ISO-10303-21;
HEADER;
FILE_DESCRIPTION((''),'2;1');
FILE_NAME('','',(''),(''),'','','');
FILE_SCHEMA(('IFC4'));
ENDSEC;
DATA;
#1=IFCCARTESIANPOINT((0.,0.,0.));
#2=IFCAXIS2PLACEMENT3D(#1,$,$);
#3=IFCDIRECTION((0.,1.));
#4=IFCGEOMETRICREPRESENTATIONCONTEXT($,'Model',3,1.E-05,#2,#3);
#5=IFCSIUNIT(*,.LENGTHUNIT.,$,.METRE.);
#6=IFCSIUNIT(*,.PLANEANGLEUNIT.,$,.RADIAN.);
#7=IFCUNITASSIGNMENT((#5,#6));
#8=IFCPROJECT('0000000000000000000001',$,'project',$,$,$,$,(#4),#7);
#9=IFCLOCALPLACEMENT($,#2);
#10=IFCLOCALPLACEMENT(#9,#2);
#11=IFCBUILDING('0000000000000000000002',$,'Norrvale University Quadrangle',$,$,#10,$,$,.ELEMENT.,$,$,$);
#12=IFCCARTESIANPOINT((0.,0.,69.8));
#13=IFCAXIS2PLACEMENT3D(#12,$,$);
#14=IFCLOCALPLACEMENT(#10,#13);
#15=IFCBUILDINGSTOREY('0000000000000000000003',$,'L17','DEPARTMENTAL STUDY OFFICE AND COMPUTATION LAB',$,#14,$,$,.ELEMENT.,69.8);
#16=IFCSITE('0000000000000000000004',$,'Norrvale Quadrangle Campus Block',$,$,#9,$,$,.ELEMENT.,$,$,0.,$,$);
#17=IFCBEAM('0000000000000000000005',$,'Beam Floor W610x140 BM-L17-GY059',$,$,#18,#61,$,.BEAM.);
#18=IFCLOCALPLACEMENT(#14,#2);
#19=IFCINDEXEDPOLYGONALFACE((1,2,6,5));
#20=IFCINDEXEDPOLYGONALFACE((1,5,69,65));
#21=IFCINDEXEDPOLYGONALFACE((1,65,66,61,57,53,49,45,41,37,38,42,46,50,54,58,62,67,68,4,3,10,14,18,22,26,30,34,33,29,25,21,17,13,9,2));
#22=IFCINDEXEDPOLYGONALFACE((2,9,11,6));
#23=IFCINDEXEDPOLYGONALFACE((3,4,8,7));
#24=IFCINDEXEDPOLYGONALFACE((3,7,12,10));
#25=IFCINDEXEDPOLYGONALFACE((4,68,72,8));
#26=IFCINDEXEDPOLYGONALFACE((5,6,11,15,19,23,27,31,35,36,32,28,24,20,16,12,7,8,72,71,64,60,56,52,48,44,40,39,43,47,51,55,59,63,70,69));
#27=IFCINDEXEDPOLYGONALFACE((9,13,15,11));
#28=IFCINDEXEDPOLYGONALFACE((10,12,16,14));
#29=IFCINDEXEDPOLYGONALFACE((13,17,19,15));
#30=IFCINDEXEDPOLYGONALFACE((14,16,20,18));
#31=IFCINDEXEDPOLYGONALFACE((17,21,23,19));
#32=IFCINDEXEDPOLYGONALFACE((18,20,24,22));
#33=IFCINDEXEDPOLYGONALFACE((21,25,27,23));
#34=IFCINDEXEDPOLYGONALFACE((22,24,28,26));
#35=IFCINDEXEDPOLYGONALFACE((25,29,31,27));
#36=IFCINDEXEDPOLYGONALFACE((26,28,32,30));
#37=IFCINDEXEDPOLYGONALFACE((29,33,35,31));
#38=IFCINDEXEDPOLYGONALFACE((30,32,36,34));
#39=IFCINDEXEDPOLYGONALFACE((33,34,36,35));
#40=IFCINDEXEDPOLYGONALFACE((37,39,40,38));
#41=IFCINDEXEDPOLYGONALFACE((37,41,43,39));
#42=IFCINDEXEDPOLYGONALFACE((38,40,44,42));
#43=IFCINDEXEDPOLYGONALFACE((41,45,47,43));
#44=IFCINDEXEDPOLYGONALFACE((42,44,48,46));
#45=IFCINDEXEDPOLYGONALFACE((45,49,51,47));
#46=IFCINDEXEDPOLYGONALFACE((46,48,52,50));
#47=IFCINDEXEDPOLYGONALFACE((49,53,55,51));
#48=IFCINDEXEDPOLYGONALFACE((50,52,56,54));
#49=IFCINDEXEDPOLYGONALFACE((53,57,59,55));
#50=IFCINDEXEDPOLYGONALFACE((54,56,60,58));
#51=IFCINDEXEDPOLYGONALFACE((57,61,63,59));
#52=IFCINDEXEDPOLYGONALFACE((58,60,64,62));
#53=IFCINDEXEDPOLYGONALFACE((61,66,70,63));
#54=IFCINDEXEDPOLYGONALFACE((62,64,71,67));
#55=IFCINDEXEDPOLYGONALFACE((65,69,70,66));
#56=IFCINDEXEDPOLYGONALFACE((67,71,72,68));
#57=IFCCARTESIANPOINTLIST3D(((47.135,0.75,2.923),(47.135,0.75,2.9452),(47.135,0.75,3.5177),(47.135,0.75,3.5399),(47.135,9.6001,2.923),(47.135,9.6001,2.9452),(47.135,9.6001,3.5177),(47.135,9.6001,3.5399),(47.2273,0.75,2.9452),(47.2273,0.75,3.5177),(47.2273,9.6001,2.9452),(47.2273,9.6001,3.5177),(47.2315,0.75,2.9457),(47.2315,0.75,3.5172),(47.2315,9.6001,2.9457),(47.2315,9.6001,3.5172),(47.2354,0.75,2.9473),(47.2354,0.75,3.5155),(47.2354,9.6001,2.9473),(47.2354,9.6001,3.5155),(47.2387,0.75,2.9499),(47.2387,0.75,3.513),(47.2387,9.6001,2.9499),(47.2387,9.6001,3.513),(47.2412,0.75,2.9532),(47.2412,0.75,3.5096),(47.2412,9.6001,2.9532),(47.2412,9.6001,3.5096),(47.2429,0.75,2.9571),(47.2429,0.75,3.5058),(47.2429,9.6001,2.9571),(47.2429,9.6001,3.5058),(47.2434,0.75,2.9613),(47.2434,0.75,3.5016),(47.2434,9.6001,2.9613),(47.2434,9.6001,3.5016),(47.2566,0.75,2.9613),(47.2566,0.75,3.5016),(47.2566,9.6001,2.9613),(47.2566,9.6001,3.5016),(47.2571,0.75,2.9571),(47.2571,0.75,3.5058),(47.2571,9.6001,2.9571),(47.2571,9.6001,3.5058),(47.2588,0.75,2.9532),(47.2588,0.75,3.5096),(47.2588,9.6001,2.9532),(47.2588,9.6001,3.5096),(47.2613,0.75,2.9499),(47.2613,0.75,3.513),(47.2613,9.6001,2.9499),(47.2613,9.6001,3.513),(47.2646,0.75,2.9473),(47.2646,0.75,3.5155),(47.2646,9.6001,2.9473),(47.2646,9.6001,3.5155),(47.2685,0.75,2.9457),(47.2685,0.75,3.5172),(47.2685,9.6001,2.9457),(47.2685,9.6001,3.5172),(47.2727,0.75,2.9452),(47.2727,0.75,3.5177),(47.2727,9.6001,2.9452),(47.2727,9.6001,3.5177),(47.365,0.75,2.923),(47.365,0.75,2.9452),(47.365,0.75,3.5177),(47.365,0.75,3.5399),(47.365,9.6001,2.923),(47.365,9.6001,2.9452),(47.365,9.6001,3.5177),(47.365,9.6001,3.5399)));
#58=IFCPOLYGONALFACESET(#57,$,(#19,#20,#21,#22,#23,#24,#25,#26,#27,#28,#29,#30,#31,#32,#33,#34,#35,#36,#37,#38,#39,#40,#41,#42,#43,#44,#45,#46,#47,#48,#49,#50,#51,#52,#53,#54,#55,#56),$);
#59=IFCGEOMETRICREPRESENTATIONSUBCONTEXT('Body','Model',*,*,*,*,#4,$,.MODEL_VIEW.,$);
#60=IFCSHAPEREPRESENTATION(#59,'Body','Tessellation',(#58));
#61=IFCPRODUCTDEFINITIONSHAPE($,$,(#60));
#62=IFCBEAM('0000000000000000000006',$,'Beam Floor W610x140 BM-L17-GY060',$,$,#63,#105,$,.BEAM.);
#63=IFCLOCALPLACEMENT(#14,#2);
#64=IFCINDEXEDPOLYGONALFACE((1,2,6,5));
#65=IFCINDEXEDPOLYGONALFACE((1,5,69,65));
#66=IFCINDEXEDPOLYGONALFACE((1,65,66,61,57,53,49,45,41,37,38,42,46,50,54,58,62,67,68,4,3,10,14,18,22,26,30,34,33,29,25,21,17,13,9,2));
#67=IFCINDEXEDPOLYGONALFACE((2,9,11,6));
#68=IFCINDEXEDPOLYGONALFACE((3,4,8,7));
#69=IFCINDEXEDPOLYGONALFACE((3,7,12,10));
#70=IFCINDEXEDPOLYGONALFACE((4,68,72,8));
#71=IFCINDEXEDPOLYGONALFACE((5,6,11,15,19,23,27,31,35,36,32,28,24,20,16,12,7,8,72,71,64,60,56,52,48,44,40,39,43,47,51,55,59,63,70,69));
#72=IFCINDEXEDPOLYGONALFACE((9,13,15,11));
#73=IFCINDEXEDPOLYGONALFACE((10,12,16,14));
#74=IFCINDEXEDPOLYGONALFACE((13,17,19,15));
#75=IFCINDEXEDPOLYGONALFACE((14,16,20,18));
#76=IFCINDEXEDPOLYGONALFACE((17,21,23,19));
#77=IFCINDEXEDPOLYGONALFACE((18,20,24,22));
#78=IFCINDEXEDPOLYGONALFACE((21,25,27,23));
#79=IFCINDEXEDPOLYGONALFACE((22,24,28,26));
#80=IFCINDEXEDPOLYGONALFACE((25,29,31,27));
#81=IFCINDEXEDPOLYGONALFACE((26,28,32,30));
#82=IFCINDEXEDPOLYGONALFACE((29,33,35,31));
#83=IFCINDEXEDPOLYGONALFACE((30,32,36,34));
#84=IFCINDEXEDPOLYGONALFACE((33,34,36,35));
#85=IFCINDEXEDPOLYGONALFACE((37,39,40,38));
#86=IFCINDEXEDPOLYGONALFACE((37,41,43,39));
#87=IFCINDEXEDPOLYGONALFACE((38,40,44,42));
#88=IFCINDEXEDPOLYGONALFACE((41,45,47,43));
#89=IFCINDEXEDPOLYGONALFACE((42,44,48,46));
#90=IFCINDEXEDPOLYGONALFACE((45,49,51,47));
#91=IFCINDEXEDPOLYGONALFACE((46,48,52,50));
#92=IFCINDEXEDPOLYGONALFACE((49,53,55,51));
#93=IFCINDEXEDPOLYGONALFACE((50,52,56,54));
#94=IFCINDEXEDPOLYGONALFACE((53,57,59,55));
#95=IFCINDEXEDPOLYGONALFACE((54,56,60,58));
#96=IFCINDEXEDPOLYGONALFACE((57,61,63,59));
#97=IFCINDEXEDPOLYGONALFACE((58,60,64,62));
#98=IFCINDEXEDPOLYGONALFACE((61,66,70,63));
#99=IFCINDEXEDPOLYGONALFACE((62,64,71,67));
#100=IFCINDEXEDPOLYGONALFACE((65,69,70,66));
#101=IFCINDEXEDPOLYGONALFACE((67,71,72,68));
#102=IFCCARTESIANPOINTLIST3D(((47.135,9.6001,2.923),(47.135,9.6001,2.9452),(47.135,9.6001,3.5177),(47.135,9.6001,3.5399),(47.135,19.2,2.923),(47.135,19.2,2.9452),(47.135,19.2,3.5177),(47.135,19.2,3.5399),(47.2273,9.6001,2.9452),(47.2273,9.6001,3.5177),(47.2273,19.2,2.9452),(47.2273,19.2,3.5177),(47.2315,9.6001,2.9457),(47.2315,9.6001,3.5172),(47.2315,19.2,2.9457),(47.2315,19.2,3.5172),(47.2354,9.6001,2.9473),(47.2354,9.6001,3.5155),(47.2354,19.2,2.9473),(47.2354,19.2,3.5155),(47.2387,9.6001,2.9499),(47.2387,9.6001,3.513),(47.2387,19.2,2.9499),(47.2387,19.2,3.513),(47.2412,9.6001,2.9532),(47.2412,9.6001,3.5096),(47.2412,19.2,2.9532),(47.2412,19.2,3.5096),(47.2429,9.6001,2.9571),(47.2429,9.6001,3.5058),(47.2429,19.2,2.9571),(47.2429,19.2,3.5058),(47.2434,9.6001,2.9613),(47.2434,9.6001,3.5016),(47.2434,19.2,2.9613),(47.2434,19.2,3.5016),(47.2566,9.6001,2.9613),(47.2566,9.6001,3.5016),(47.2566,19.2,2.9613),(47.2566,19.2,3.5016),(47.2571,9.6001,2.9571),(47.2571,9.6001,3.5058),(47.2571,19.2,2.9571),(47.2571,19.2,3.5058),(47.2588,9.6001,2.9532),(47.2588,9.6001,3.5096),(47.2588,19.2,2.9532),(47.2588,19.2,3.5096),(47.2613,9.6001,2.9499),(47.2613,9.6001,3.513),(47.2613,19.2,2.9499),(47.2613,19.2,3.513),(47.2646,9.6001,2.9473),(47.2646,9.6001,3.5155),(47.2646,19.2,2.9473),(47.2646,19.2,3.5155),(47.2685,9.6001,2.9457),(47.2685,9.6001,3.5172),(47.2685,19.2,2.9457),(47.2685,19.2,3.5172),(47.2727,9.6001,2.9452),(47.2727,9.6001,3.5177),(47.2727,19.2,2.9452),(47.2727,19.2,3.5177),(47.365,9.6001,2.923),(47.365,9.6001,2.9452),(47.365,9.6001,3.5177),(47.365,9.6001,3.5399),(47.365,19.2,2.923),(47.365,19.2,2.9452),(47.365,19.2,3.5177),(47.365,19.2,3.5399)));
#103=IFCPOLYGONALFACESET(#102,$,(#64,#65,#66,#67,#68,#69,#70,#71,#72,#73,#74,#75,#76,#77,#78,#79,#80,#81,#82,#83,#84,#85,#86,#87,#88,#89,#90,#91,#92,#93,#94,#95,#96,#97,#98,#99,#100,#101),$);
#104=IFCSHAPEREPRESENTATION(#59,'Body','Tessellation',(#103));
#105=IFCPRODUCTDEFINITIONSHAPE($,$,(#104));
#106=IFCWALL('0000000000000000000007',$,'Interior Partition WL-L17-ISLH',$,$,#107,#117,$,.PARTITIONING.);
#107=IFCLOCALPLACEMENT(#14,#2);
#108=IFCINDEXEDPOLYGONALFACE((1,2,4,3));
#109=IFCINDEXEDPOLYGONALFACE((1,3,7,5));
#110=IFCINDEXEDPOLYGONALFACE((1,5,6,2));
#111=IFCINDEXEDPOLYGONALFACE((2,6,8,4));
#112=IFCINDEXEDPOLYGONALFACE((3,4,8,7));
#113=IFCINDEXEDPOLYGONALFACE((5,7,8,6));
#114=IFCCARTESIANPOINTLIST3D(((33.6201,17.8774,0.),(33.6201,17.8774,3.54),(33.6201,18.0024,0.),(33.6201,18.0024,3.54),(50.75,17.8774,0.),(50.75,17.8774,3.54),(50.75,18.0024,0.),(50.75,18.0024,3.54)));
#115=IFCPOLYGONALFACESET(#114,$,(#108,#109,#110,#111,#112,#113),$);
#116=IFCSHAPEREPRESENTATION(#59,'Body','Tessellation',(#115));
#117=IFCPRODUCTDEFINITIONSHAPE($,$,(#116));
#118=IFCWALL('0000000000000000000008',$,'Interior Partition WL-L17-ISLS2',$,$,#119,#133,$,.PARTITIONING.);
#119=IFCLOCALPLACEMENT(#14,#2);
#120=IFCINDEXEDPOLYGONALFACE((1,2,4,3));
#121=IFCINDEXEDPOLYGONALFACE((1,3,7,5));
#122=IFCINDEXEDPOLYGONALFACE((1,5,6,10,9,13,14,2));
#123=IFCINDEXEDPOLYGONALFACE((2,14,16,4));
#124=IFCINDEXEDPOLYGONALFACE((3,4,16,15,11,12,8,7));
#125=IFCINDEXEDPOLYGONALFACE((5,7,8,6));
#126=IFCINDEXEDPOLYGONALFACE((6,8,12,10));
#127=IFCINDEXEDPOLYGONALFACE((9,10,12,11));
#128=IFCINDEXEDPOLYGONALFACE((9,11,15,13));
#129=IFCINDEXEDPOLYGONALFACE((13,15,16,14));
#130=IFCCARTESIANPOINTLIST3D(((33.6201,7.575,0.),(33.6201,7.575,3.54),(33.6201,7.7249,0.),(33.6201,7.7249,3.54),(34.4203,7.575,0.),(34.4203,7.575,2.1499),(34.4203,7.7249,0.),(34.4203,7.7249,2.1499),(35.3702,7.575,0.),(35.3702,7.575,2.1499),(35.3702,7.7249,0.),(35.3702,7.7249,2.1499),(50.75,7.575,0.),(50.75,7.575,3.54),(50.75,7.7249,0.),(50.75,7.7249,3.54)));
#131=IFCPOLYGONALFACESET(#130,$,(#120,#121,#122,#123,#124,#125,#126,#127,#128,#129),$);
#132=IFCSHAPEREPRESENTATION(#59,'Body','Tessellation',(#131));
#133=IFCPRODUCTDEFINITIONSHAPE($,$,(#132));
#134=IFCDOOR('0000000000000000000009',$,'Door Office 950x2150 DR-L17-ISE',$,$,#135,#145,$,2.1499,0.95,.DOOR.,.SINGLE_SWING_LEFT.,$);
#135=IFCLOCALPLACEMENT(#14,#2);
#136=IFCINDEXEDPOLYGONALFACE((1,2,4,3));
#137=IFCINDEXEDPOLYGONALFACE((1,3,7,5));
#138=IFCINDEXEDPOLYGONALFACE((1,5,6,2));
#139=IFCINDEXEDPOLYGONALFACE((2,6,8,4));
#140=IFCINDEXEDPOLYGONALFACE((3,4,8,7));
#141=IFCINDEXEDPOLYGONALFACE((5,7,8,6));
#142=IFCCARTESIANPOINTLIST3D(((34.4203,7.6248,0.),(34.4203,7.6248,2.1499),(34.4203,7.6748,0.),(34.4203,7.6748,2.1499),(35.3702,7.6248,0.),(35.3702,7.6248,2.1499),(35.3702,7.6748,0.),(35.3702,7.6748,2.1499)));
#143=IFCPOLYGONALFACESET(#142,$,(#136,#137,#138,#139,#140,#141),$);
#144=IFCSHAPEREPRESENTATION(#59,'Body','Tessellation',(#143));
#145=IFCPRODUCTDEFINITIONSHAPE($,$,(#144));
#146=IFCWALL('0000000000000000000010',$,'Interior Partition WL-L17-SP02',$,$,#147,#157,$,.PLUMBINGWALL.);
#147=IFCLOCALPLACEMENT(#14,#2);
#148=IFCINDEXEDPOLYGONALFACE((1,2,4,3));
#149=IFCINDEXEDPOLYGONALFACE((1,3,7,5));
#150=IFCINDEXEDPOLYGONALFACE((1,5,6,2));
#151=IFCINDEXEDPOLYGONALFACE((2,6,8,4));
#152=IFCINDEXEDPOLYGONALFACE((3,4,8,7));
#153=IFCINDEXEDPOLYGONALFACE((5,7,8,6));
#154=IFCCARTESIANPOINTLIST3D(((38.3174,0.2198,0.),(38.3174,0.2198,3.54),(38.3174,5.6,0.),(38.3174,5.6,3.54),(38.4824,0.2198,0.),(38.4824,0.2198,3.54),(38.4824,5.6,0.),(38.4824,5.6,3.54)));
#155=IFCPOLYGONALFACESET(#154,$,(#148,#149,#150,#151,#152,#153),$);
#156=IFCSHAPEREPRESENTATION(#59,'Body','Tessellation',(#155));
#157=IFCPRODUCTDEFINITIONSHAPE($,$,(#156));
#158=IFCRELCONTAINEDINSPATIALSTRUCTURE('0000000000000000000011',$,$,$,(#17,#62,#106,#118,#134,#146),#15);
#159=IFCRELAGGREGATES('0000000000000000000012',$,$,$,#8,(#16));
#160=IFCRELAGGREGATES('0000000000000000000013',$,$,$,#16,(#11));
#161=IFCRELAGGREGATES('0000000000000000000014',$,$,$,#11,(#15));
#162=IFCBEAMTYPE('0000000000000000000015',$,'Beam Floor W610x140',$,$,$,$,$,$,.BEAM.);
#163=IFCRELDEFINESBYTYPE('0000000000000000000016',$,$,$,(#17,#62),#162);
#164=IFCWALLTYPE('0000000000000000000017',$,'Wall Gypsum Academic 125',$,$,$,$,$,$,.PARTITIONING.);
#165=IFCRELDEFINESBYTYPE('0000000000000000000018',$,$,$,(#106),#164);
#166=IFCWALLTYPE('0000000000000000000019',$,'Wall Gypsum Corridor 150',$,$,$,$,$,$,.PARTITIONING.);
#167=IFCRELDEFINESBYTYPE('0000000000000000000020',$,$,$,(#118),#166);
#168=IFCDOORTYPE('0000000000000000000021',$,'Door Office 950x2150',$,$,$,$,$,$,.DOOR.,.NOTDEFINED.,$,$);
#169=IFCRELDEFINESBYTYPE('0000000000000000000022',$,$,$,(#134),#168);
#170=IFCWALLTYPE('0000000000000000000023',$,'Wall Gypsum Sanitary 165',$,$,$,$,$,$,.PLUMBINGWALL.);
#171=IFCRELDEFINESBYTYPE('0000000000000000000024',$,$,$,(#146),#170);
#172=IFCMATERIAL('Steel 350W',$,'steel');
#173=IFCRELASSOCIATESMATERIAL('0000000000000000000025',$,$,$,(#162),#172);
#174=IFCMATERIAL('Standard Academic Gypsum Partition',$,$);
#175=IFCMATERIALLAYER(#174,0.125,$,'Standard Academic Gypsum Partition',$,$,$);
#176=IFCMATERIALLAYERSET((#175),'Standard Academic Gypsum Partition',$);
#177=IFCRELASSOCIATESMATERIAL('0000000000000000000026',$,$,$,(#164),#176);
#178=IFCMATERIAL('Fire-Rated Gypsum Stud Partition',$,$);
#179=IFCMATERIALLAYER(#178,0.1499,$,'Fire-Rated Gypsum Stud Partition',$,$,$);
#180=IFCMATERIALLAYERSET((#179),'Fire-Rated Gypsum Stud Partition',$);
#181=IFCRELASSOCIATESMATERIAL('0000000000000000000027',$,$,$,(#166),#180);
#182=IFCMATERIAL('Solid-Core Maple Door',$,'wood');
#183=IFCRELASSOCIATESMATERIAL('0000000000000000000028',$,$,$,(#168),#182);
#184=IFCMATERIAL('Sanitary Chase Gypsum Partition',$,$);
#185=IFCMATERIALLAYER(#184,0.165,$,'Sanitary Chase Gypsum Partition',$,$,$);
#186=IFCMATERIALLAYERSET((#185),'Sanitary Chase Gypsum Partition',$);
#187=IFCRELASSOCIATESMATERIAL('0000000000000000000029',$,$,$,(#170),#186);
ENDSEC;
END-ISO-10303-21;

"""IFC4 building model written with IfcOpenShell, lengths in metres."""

from ifc_helpers import new_model, si_unit, direction, frame, frame_2d, origin, origin_2d, place, context, subcontext, project, spatial, rectangle, i_section, extrude, material, layer, layer_set, material_profile, profile_set, type_object, element, fill, save


model = new_model("IFC4")

# Units and contexts
model_context = context("Model", 3, precision=1e-05, world=origin(), true_north=direction((0.0, 1.0)))
body_context = subcontext(model_context, "Body", "Model", "MODEL_VIEW")
ifc_project = project(units=[si_unit("LENGTHUNIT", "METRE"), si_unit("PLANEANGLEUNIT", "RADIAN")], contexts=[model_context])

# Site, building, storey
site_placement = place(None, origin())
site = spatial("IfcSite", under=ifc_project, at=site_placement, Name="Norrvale Quadrangle Campus Block", CompositionType="ELEMENT", RefElevation=0.0)
building_placement = place(site_placement, origin())
building = spatial("IfcBuilding", under=site, at=building_placement, Name="Norrvale University Quadrangle", CompositionType="ELEMENT")
storey_placement = place(building_placement, frame((0.0, 0.0, 69.8)))
storey = spatial("IfcBuildingStorey", under=building, at=storey_placement, Name="L17", Description="DEPARTMENTAL STUDY OFFICE AND COMPUTATION LAB", CompositionType="ELEMENT", Elevation=69.8)

# Beams
ifc_material_1 = material(Name="Steel 350W", Category="steel")
ifc_material_profile_1 = material_profile(ifc_material_1, i_section(OverallWidth=0.23, OverallDepth=0.6169, WebThickness=0.0132, FlangeThickness=0.0222, FilletRadius=0.0161, at=origin_2d()), Name="Steel 350W")
ifc_profile_set_1 = profile_set([ifc_material_profile_1], Name="Steel 350W")
beam_type_1 = type_object("IfcBeamType", Name="Beam Floor W610x140", PredefinedType="BEAM", material=ifc_profile_set_1)
beam_1_placement = place(storey_placement, frame((47.25, 0.75, 3.2314), z_axis=(0.0, 1.0, 0.0), x_axis=(-1.0, 0.0, 0.0)))
element("IfcBeam", 1, at=beam_1_placement, inside=storey, type_object=beam_type_1, Name="Beam Floor W610x140 BM-L17-GY059", PredefinedType="BEAM", context=body_context, shape_type="SweptSolid", body=[
    extrude(i_section(OverallWidth=0.23, OverallDepth=0.6169, WebThickness=0.0132, FlangeThickness=0.0222, FilletRadius=0.0161, at=origin_2d()), origin(), (0.0, 0.0, 1.0), 8.8501),
])
beam_2_placement = place(storey_placement, frame((47.25, 9.6001, 3.2314), z_axis=(0.0, 1.0, 0.0), x_axis=(-1.0, 0.0, 0.0)))
element("IfcBeam", 2, at=beam_2_placement, inside=storey, type_object=beam_type_1, Name="Beam Floor W610x140 BM-L17-GY060", PredefinedType="BEAM", context=body_context, shape_type="SweptSolid", body=[
    extrude(i_section(OverallWidth=0.23, OverallDepth=0.6169, WebThickness=0.0132, FlangeThickness=0.0222, FilletRadius=0.0161, at=origin_2d()), origin(), (0.0, 0.0, 1.0), 9.5999),
])

# Wall
ifc_material_2 = material(Name="Standard Academic Gypsum Partition")
ifc_layer_1 = layer(ifc_material_2, 0.125, Name="Standard Academic Gypsum Partition")
ifc_layer_set_1 = layer_set([ifc_layer_1], Name="Standard Academic Gypsum Partition")
wall_type_1 = type_object("IfcWallType", Name="Wall Gypsum Academic 125", PredefinedType="PARTITIONING", material=ifc_layer_set_1)
wall_1_placement = place(storey_placement, frame((33.6201, 17.9399, 0.0), z_axis=(0.0, 0.0, 1.0), x_axis=(1.0, 0.0, 0.0)))
element("IfcWall", 3, at=wall_1_placement, inside=storey, type_object=wall_type_1, Name="Interior Partition WL-L17-ISLH", PredefinedType="PARTITIONING", context=body_context, shape_type="SweptSolid", body=[
    extrude(rectangle(XDim=17.1299, YDim=0.125, at=frame_2d((8.5649, 0.0))), origin(), (0.0, 0.0, 1.0), 3.54),
])

# Wall, opening, door
ifc_material_3 = material(Name="Fire-Rated Gypsum Stud Partition")
ifc_layer_2 = layer(ifc_material_3, 0.1499, Name="Fire-Rated Gypsum Stud Partition")
ifc_layer_set_2 = layer_set([ifc_layer_2], Name="Fire-Rated Gypsum Stud Partition")
wall_type_2 = type_object("IfcWallType", Name="Wall Gypsum Corridor 150", PredefinedType="PARTITIONING", material=ifc_layer_set_2)
wall_2_placement = place(storey_placement, frame((33.6201, 7.6499, 0.0), z_axis=(0.0, 0.0, 1.0), x_axis=(1.0, 0.0, 0.0)))
wall_2 = element("IfcWall", 4, at=wall_2_placement, inside=storey, type_object=wall_type_2, Name="Interior Partition WL-L17-ISLS2", PredefinedType="PARTITIONING", context=body_context, shape_type="SweptSolid", body=[
    extrude(rectangle(XDim=17.1299, YDim=0.1499, at=frame_2d((8.5649, 0.0))), origin(), (0.0, 0.0, 1.0), 3.54),
])
opening_placement = place(wall_2_placement, frame((0.8, 0.0, 0.0)))
opening = element("IfcOpeningElement", 5, at=opening_placement, cuts=wall_2, PredefinedType="OPENING", context=body_context, shape_type="SweptSolid", body=[
    extrude(rectangle(XDim=0.95, YDim=2.1499, at=frame_2d((0.4751, 1.075))), frame((0.0, 0.0869, 0.0), z_axis=(0.0, -1.0, 0.0), x_axis=(1.0, 0.0, 0.0)), (0.0, 0.0, 1.0), 0.1738),
])
ifc_material_4 = material(Name="Solid-Core Maple Door", Category="wood")
door_type = type_object("IfcDoorType", Name="Door Office 950x2150", OperationType="NOTDEFINED", PredefinedType="DOOR", material=ifc_material_4)
door_placement = place(opening_placement, origin())
door = element("IfcDoor", 6, at=door_placement, inside=storey, type_object=door_type, Name="Door Office 950x2150 DR-L17-ISE", OperationType="SINGLE_SWING_LEFT", OverallHeight=2.1499, OverallWidth=0.95, PredefinedType="DOOR", context=body_context, shape_type="SweptSolid", body=[
    extrude(rectangle(XDim=0.95, YDim=2.1499, at=frame_2d((0.4751, 1.075))), frame((0.0, 0.0249, 0.0), z_axis=(0.0, -1.0, 0.0), x_axis=(1.0, 0.0, 0.0)), (0.0, 0.0, 1.0), 0.05),
])
fill(opening, door)

# Wall
ifc_material_5 = material(Name="Sanitary Chase Gypsum Partition")
ifc_layer_3 = layer(ifc_material_5, 0.165, Name="Sanitary Chase Gypsum Partition")
ifc_layer_set_3 = layer_set([ifc_layer_3], Name="Sanitary Chase Gypsum Partition")
wall_type_3 = type_object("IfcWallType", Name="Wall Gypsum Sanitary 165", PredefinedType="PLUMBINGWALL", material=ifc_layer_set_3)
wall_3_placement = place(storey_placement, frame((38.3999, 0.22, 0.0), z_axis=(0.0, 0.0, 1.0), x_axis=(0.0, 1.0, 0.0)))
element("IfcWall", 7, at=wall_3_placement, inside=storey, type_object=wall_type_3, Name="Interior Partition WL-L17-SP02", PredefinedType="PLUMBINGWALL", context=body_context, shape_type="SweptSolid", body=[
    extrude(rectangle(XDim=5.3801, YDim=0.165, at=frame_2d((2.6899, 0.0))), origin(), (0.0, 0.0, 1.0), 3.54),
])

save(model, "model.ifc")
